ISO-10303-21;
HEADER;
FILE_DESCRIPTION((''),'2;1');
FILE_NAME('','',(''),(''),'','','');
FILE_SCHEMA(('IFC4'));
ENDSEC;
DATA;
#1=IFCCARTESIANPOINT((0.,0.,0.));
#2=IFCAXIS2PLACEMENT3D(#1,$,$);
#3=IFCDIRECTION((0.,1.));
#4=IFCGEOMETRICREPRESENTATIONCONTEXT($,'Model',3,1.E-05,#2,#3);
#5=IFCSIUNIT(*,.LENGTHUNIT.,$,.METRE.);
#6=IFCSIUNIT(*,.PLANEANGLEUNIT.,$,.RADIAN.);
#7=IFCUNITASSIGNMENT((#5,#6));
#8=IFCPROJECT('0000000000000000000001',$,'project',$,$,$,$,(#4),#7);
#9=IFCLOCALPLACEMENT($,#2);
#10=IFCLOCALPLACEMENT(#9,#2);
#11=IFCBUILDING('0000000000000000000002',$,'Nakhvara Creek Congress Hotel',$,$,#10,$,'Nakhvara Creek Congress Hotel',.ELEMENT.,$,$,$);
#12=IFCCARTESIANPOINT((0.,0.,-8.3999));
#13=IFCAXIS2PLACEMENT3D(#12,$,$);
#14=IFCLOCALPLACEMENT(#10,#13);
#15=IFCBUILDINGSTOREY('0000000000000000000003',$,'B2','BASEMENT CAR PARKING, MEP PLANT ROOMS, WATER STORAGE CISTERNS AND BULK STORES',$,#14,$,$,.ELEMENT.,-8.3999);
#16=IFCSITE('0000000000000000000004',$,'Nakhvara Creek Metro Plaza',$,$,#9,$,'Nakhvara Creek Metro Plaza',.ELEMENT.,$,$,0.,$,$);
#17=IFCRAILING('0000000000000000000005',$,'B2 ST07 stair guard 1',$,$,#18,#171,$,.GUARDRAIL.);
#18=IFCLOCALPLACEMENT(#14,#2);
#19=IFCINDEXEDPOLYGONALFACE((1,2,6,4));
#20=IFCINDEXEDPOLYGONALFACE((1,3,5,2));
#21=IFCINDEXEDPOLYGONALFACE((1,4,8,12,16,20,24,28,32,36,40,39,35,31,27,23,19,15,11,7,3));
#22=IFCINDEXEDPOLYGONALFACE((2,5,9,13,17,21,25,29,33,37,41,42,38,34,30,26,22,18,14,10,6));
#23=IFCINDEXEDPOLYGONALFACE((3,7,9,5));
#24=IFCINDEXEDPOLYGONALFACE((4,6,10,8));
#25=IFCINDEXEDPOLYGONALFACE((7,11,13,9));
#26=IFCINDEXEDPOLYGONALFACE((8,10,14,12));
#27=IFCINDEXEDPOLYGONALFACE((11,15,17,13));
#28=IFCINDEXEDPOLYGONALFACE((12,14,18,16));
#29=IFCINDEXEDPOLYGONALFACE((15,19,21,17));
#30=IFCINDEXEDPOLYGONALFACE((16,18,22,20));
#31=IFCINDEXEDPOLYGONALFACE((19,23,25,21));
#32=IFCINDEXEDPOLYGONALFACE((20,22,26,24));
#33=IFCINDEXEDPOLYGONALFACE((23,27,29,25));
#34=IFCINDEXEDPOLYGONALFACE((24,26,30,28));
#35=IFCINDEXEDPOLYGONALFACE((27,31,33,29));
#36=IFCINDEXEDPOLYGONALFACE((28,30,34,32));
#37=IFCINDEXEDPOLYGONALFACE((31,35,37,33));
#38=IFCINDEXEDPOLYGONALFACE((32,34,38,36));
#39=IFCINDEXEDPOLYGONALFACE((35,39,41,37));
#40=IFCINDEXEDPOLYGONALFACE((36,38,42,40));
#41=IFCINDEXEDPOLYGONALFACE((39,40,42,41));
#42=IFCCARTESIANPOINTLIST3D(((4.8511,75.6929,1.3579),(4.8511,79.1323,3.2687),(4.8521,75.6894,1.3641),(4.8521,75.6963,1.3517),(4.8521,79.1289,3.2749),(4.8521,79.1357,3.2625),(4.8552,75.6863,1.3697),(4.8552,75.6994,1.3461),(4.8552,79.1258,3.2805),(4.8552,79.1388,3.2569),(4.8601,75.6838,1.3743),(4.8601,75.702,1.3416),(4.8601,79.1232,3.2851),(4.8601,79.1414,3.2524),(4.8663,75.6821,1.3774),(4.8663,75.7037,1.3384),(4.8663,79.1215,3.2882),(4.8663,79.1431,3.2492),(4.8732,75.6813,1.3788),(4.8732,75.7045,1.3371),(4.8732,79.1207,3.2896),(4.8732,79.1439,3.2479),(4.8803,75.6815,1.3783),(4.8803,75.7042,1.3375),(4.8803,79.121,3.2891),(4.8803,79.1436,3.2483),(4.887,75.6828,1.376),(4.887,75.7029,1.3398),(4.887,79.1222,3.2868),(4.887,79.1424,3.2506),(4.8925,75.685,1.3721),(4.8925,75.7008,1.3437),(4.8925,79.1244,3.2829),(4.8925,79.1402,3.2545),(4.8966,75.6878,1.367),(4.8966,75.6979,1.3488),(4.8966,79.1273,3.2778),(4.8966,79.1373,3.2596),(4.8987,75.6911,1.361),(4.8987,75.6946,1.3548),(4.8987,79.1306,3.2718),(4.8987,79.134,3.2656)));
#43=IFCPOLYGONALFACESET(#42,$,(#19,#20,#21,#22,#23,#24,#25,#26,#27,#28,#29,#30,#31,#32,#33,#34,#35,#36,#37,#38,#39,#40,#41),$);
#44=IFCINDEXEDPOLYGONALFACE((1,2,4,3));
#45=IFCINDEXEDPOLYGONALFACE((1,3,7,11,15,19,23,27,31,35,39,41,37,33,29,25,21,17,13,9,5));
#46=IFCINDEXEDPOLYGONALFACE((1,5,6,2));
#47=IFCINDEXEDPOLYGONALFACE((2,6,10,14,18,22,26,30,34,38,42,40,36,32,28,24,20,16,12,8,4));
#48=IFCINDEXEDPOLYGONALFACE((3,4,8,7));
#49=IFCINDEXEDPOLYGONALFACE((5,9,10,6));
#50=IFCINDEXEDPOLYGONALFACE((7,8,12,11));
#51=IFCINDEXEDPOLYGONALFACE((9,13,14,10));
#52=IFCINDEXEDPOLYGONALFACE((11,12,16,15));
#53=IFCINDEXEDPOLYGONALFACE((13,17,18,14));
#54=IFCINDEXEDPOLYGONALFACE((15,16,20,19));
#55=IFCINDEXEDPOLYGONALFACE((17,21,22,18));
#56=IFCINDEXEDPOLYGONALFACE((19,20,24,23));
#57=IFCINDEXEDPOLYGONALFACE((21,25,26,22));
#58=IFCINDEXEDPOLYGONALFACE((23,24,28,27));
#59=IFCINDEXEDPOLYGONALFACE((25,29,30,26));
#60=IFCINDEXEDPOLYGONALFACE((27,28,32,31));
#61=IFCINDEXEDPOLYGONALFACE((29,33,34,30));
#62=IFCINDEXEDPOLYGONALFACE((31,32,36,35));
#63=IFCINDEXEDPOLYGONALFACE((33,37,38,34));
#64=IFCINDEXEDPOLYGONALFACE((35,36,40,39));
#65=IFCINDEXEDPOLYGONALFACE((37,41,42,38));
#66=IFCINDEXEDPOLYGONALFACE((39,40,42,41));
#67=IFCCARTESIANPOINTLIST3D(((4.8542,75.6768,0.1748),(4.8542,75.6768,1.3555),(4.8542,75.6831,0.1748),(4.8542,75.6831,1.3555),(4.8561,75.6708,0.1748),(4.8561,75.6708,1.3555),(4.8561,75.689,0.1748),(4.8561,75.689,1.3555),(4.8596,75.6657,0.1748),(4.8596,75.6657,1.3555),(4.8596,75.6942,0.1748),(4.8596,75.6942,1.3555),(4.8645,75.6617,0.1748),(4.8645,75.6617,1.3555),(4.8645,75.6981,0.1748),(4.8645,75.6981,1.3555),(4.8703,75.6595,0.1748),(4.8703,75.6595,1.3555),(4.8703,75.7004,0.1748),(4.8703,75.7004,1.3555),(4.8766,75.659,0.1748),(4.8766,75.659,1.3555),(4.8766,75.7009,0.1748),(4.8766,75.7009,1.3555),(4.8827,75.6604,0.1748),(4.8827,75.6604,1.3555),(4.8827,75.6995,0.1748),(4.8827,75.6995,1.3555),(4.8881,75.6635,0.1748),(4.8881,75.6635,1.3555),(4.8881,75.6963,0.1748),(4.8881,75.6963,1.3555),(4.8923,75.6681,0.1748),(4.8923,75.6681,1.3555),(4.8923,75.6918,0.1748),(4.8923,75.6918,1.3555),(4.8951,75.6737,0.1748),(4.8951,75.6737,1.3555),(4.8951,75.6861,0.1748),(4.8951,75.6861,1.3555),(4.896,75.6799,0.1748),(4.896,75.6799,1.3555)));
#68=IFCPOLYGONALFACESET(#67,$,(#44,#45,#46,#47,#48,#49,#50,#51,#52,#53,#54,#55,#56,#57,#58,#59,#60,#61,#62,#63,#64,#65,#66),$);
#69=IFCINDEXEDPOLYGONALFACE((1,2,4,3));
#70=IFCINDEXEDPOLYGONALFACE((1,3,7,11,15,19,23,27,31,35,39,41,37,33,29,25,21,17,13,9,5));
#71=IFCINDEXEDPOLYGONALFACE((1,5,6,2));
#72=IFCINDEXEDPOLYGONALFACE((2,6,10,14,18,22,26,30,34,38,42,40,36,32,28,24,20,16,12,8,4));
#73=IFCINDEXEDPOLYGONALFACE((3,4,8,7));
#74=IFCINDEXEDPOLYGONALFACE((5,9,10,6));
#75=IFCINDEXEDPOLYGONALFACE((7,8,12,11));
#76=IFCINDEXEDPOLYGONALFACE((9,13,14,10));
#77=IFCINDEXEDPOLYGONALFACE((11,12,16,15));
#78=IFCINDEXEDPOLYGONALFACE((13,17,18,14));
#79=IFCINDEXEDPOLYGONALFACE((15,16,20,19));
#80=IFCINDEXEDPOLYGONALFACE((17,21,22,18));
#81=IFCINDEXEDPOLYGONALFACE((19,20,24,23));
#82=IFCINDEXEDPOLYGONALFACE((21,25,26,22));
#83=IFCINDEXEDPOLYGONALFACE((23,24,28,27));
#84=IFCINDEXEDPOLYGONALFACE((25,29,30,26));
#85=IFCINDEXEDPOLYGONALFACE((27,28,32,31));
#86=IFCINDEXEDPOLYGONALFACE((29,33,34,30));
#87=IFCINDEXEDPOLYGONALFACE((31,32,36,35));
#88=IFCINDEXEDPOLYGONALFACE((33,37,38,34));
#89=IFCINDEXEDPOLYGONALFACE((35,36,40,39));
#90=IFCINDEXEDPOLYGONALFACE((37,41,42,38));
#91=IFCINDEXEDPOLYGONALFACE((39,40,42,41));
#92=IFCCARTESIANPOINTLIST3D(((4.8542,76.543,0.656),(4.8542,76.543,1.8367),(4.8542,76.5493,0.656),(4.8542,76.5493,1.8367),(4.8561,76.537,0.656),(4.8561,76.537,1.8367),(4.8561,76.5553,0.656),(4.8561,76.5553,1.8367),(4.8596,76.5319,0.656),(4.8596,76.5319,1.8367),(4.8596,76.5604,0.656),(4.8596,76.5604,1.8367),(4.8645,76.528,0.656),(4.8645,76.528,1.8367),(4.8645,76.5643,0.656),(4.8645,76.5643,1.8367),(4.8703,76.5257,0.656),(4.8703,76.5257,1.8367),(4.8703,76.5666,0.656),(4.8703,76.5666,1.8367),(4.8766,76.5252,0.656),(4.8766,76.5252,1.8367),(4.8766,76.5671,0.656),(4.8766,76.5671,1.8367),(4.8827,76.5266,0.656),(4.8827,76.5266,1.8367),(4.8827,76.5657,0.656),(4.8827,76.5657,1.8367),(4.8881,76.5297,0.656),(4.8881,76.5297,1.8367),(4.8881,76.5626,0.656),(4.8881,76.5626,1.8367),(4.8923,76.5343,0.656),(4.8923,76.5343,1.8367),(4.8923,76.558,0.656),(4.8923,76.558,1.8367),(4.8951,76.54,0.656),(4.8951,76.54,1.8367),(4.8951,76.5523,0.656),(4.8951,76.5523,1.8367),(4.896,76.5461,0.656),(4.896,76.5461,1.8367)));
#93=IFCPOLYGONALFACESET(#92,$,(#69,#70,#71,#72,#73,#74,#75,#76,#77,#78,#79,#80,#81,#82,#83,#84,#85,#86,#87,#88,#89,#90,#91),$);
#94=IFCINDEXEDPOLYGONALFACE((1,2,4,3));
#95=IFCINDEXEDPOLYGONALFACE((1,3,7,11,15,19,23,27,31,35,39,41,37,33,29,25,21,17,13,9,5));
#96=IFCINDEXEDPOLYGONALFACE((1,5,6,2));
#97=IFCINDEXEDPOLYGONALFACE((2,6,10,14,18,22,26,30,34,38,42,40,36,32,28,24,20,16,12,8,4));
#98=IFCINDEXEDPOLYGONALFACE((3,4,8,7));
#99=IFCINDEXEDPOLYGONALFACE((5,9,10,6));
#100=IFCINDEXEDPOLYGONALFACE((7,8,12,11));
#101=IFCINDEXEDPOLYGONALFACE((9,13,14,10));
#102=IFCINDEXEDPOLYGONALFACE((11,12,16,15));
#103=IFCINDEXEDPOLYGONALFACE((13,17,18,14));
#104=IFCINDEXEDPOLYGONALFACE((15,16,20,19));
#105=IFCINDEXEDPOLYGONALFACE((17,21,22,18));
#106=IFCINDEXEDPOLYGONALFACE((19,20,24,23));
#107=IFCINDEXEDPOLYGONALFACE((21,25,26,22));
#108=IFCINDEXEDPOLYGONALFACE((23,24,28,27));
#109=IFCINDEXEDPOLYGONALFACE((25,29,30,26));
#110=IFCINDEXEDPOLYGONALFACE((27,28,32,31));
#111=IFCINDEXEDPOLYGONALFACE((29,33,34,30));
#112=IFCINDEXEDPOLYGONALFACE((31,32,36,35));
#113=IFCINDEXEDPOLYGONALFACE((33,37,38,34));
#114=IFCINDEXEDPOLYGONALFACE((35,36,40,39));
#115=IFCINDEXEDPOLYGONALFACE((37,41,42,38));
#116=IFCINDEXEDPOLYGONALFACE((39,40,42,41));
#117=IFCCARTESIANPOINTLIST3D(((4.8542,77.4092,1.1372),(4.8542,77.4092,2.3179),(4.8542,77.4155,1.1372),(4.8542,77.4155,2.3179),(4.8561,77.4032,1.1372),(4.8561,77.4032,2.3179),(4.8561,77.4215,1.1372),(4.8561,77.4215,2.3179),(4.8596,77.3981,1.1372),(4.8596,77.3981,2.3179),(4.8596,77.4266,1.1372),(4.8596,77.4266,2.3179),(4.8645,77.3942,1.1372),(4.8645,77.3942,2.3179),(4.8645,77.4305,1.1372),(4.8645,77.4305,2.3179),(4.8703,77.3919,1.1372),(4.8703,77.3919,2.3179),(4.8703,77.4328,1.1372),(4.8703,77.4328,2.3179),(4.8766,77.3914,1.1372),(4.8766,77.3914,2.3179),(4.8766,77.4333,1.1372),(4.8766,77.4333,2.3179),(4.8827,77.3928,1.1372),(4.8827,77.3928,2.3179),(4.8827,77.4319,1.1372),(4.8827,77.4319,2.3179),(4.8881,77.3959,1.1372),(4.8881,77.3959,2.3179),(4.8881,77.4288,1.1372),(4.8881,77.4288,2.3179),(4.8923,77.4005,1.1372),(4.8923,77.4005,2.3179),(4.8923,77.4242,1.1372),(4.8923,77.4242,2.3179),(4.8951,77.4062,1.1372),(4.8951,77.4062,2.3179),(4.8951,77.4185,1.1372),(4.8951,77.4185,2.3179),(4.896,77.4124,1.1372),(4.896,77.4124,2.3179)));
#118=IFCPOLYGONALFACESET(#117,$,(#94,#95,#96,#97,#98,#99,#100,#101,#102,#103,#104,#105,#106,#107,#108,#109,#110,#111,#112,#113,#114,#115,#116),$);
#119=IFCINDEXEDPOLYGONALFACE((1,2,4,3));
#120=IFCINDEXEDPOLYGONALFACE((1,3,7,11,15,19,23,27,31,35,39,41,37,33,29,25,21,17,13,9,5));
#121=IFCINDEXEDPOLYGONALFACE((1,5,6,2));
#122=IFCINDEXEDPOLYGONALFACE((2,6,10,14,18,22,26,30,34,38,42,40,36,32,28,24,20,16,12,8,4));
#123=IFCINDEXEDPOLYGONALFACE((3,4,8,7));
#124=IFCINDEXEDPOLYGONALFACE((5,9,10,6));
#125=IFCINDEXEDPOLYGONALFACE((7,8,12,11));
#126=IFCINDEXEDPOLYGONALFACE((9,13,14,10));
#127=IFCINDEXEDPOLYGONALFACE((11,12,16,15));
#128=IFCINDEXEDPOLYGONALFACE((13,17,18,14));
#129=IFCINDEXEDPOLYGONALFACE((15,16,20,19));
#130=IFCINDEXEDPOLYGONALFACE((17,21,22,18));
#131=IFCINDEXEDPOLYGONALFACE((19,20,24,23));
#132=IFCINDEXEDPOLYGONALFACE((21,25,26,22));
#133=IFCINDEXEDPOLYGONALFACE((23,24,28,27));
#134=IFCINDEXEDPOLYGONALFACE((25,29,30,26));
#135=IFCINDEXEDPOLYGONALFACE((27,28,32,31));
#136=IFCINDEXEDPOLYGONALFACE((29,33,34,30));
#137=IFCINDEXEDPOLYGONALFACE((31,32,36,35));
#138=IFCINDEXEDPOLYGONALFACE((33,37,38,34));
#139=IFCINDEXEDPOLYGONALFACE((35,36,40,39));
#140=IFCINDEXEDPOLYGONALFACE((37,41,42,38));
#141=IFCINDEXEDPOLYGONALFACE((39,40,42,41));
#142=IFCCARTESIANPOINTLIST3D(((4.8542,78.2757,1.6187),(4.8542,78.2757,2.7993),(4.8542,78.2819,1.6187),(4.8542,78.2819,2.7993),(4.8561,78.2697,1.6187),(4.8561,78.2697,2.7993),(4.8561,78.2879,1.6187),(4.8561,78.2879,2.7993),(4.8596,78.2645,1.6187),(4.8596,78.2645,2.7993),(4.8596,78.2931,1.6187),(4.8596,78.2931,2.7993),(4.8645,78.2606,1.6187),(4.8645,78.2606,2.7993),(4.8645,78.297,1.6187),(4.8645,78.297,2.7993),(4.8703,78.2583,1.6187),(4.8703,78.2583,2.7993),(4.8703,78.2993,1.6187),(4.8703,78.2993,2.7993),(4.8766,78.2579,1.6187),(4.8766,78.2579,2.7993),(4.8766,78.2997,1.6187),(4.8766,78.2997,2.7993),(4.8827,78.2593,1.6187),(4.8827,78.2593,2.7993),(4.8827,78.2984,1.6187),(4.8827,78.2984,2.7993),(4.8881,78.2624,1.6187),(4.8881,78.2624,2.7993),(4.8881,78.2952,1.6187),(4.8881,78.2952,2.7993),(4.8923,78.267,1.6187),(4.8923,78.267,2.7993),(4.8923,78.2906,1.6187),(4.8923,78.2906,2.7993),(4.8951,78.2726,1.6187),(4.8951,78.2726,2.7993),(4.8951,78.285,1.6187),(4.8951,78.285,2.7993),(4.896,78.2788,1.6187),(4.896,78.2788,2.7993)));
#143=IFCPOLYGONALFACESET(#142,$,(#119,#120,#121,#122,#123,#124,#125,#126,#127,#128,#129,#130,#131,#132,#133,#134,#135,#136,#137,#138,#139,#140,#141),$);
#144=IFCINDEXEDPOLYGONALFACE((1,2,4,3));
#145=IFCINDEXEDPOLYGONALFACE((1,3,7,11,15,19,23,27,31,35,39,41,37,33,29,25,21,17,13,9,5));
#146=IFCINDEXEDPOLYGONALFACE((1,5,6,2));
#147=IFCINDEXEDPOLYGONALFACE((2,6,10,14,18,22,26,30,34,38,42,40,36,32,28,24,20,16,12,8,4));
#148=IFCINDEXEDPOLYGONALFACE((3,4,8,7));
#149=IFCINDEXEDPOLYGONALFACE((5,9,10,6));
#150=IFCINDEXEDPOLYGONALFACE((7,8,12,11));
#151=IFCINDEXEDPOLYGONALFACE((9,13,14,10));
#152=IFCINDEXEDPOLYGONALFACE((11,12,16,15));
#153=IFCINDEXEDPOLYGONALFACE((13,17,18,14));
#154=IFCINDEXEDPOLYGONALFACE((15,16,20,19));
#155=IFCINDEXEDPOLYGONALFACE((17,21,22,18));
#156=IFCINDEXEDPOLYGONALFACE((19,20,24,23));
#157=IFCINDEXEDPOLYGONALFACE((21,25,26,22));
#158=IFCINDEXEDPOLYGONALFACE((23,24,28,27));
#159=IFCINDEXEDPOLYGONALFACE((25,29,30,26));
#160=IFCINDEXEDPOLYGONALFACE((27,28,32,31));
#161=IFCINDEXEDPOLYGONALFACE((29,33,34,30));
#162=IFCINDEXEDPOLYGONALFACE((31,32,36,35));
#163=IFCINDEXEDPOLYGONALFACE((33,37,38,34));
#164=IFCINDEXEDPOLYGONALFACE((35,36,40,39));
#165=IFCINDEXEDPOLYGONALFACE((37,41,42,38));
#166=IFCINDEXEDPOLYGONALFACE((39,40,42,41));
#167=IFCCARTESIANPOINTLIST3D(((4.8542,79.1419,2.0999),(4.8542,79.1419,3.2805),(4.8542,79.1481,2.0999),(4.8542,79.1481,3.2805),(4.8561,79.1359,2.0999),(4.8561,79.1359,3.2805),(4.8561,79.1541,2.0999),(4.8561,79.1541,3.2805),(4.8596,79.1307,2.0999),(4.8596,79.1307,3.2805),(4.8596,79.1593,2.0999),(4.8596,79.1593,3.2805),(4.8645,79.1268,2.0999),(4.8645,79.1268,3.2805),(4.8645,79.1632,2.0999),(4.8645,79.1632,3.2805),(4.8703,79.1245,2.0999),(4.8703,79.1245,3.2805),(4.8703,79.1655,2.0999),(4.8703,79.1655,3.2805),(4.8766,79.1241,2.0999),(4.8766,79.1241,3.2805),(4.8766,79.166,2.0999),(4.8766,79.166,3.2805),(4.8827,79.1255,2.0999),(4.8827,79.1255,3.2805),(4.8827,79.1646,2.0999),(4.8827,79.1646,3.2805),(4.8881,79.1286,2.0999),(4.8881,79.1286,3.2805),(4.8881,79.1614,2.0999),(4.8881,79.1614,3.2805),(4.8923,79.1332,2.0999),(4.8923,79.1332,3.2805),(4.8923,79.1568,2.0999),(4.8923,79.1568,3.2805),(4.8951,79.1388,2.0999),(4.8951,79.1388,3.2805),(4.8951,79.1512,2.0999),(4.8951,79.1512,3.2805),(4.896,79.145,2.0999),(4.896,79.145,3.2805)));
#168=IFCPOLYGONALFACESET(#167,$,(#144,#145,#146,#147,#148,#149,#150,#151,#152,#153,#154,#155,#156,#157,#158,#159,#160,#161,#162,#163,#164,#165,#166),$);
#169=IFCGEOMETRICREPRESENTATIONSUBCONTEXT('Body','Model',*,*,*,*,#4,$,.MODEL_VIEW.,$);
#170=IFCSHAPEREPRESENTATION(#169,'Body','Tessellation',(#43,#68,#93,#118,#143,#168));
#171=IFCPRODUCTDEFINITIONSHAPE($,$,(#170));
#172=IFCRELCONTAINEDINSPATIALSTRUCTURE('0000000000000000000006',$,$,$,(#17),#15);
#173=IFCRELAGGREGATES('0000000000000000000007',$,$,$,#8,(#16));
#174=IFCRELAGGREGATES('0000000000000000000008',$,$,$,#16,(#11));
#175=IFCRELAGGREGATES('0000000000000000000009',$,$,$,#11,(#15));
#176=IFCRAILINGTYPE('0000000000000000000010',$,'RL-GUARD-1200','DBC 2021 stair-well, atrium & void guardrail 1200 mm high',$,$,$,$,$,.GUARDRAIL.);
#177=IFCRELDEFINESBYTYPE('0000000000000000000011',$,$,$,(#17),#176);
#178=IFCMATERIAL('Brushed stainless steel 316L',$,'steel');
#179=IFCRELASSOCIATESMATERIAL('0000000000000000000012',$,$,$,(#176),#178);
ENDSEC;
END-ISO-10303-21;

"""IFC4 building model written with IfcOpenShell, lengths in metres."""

from ifc_helpers import new_model, si_unit, direction, frame, origin, origin_2d, place, context, subcontext, project, spatial, circle, extrude, material, type_object, element, save


model = new_model("IFC4")

# Units and contexts
model_context = context("Model", 3, precision=1e-05, world=origin(), true_north=direction((0.0, 1.0)))
body_context = subcontext(model_context, "Body", "Model", "MODEL_VIEW")
ifc_project = project(units=[si_unit("LENGTHUNIT", "METRE"), si_unit("PLANEANGLEUNIT", "RADIAN")], contexts=[model_context])

# Site, building, storey
site_placement = place(None, origin())
site = spatial("IfcSite", under=ifc_project, at=site_placement, Name="Nakhvara Creek Metro Plaza", LongName="Nakhvara Creek Metro Plaza", CompositionType="ELEMENT", RefElevation=0.0)
building_placement = place(site_placement, origin())
building = spatial("IfcBuilding", under=site, at=building_placement, Name="Nakhvara Creek Congress Hotel", LongName="Nakhvara Creek Congress Hotel", CompositionType="ELEMENT")
storey_placement = place(building_placement, frame((0.0, 0.0, -8.3999)))
storey = spatial("IfcBuildingStorey", under=building, at=storey_placement, Name="B2", Description="BASEMENT CAR PARKING, MEP PLANT ROOMS, WATER STORAGE CISTERNS AND BULK STORES", CompositionType="ELEMENT", Elevation=-8.3999)

# Railing
ifc_material_1 = material(Name="Brushed stainless steel 316L", Category="steel")
railing_type_1 = type_object("IfcRailingType", Name="RL-GUARD-1200", Description="DBC 2021 stair-well, atrium & void guardrail 1200 mm high", PredefinedType="GUARDRAIL", material=ifc_material_1)
railing_1_placement = place(storey_placement, frame((4.875, 75.6799, 0.1748)))
element("IfcRailing", 1, at=railing_1_placement, inside=storey, type_object=railing_type_1, Name="B2 ST07 stair guard 1", PredefinedType="GUARDRAIL", context=body_context, shape_type="SweptSolid", body=[
    extrude(circle(Radius=0.0239, at=origin_2d()), frame((0.0, 0.0129, 1.1831), z_axis=(0.0, 0.874157, 0.485643), x_axis=(-1.0, 0.0, 0.0)), (0.0, 0.0, 1.0), 3.9346),
    extrude(circle(Radius=0.021, at=origin_2d()), origin(), (0.0, 0.0, 1.0), 1.1807),
    extrude(circle(Radius=0.021, at=origin_2d()), frame((0.0, 0.8662, 0.4812)), (0.0, 0.0, 1.0), 1.1807),
    extrude(circle(Radius=0.021, at=origin_2d()), frame((0.0, 1.7324, 0.9624)), (0.0, 0.0, 1.0), 1.1807),
    extrude(circle(Radius=0.021, at=origin_2d()), frame((0.0, 2.5989, 1.4438)), (0.0, 0.0, 1.0), 1.1807),
    extrude(circle(Radius=0.021, at=origin_2d()), frame((0.0, 3.4651, 1.925)), (0.0, 0.0, 1.0), 1.1807),
])

save(model, "model.ifc")
